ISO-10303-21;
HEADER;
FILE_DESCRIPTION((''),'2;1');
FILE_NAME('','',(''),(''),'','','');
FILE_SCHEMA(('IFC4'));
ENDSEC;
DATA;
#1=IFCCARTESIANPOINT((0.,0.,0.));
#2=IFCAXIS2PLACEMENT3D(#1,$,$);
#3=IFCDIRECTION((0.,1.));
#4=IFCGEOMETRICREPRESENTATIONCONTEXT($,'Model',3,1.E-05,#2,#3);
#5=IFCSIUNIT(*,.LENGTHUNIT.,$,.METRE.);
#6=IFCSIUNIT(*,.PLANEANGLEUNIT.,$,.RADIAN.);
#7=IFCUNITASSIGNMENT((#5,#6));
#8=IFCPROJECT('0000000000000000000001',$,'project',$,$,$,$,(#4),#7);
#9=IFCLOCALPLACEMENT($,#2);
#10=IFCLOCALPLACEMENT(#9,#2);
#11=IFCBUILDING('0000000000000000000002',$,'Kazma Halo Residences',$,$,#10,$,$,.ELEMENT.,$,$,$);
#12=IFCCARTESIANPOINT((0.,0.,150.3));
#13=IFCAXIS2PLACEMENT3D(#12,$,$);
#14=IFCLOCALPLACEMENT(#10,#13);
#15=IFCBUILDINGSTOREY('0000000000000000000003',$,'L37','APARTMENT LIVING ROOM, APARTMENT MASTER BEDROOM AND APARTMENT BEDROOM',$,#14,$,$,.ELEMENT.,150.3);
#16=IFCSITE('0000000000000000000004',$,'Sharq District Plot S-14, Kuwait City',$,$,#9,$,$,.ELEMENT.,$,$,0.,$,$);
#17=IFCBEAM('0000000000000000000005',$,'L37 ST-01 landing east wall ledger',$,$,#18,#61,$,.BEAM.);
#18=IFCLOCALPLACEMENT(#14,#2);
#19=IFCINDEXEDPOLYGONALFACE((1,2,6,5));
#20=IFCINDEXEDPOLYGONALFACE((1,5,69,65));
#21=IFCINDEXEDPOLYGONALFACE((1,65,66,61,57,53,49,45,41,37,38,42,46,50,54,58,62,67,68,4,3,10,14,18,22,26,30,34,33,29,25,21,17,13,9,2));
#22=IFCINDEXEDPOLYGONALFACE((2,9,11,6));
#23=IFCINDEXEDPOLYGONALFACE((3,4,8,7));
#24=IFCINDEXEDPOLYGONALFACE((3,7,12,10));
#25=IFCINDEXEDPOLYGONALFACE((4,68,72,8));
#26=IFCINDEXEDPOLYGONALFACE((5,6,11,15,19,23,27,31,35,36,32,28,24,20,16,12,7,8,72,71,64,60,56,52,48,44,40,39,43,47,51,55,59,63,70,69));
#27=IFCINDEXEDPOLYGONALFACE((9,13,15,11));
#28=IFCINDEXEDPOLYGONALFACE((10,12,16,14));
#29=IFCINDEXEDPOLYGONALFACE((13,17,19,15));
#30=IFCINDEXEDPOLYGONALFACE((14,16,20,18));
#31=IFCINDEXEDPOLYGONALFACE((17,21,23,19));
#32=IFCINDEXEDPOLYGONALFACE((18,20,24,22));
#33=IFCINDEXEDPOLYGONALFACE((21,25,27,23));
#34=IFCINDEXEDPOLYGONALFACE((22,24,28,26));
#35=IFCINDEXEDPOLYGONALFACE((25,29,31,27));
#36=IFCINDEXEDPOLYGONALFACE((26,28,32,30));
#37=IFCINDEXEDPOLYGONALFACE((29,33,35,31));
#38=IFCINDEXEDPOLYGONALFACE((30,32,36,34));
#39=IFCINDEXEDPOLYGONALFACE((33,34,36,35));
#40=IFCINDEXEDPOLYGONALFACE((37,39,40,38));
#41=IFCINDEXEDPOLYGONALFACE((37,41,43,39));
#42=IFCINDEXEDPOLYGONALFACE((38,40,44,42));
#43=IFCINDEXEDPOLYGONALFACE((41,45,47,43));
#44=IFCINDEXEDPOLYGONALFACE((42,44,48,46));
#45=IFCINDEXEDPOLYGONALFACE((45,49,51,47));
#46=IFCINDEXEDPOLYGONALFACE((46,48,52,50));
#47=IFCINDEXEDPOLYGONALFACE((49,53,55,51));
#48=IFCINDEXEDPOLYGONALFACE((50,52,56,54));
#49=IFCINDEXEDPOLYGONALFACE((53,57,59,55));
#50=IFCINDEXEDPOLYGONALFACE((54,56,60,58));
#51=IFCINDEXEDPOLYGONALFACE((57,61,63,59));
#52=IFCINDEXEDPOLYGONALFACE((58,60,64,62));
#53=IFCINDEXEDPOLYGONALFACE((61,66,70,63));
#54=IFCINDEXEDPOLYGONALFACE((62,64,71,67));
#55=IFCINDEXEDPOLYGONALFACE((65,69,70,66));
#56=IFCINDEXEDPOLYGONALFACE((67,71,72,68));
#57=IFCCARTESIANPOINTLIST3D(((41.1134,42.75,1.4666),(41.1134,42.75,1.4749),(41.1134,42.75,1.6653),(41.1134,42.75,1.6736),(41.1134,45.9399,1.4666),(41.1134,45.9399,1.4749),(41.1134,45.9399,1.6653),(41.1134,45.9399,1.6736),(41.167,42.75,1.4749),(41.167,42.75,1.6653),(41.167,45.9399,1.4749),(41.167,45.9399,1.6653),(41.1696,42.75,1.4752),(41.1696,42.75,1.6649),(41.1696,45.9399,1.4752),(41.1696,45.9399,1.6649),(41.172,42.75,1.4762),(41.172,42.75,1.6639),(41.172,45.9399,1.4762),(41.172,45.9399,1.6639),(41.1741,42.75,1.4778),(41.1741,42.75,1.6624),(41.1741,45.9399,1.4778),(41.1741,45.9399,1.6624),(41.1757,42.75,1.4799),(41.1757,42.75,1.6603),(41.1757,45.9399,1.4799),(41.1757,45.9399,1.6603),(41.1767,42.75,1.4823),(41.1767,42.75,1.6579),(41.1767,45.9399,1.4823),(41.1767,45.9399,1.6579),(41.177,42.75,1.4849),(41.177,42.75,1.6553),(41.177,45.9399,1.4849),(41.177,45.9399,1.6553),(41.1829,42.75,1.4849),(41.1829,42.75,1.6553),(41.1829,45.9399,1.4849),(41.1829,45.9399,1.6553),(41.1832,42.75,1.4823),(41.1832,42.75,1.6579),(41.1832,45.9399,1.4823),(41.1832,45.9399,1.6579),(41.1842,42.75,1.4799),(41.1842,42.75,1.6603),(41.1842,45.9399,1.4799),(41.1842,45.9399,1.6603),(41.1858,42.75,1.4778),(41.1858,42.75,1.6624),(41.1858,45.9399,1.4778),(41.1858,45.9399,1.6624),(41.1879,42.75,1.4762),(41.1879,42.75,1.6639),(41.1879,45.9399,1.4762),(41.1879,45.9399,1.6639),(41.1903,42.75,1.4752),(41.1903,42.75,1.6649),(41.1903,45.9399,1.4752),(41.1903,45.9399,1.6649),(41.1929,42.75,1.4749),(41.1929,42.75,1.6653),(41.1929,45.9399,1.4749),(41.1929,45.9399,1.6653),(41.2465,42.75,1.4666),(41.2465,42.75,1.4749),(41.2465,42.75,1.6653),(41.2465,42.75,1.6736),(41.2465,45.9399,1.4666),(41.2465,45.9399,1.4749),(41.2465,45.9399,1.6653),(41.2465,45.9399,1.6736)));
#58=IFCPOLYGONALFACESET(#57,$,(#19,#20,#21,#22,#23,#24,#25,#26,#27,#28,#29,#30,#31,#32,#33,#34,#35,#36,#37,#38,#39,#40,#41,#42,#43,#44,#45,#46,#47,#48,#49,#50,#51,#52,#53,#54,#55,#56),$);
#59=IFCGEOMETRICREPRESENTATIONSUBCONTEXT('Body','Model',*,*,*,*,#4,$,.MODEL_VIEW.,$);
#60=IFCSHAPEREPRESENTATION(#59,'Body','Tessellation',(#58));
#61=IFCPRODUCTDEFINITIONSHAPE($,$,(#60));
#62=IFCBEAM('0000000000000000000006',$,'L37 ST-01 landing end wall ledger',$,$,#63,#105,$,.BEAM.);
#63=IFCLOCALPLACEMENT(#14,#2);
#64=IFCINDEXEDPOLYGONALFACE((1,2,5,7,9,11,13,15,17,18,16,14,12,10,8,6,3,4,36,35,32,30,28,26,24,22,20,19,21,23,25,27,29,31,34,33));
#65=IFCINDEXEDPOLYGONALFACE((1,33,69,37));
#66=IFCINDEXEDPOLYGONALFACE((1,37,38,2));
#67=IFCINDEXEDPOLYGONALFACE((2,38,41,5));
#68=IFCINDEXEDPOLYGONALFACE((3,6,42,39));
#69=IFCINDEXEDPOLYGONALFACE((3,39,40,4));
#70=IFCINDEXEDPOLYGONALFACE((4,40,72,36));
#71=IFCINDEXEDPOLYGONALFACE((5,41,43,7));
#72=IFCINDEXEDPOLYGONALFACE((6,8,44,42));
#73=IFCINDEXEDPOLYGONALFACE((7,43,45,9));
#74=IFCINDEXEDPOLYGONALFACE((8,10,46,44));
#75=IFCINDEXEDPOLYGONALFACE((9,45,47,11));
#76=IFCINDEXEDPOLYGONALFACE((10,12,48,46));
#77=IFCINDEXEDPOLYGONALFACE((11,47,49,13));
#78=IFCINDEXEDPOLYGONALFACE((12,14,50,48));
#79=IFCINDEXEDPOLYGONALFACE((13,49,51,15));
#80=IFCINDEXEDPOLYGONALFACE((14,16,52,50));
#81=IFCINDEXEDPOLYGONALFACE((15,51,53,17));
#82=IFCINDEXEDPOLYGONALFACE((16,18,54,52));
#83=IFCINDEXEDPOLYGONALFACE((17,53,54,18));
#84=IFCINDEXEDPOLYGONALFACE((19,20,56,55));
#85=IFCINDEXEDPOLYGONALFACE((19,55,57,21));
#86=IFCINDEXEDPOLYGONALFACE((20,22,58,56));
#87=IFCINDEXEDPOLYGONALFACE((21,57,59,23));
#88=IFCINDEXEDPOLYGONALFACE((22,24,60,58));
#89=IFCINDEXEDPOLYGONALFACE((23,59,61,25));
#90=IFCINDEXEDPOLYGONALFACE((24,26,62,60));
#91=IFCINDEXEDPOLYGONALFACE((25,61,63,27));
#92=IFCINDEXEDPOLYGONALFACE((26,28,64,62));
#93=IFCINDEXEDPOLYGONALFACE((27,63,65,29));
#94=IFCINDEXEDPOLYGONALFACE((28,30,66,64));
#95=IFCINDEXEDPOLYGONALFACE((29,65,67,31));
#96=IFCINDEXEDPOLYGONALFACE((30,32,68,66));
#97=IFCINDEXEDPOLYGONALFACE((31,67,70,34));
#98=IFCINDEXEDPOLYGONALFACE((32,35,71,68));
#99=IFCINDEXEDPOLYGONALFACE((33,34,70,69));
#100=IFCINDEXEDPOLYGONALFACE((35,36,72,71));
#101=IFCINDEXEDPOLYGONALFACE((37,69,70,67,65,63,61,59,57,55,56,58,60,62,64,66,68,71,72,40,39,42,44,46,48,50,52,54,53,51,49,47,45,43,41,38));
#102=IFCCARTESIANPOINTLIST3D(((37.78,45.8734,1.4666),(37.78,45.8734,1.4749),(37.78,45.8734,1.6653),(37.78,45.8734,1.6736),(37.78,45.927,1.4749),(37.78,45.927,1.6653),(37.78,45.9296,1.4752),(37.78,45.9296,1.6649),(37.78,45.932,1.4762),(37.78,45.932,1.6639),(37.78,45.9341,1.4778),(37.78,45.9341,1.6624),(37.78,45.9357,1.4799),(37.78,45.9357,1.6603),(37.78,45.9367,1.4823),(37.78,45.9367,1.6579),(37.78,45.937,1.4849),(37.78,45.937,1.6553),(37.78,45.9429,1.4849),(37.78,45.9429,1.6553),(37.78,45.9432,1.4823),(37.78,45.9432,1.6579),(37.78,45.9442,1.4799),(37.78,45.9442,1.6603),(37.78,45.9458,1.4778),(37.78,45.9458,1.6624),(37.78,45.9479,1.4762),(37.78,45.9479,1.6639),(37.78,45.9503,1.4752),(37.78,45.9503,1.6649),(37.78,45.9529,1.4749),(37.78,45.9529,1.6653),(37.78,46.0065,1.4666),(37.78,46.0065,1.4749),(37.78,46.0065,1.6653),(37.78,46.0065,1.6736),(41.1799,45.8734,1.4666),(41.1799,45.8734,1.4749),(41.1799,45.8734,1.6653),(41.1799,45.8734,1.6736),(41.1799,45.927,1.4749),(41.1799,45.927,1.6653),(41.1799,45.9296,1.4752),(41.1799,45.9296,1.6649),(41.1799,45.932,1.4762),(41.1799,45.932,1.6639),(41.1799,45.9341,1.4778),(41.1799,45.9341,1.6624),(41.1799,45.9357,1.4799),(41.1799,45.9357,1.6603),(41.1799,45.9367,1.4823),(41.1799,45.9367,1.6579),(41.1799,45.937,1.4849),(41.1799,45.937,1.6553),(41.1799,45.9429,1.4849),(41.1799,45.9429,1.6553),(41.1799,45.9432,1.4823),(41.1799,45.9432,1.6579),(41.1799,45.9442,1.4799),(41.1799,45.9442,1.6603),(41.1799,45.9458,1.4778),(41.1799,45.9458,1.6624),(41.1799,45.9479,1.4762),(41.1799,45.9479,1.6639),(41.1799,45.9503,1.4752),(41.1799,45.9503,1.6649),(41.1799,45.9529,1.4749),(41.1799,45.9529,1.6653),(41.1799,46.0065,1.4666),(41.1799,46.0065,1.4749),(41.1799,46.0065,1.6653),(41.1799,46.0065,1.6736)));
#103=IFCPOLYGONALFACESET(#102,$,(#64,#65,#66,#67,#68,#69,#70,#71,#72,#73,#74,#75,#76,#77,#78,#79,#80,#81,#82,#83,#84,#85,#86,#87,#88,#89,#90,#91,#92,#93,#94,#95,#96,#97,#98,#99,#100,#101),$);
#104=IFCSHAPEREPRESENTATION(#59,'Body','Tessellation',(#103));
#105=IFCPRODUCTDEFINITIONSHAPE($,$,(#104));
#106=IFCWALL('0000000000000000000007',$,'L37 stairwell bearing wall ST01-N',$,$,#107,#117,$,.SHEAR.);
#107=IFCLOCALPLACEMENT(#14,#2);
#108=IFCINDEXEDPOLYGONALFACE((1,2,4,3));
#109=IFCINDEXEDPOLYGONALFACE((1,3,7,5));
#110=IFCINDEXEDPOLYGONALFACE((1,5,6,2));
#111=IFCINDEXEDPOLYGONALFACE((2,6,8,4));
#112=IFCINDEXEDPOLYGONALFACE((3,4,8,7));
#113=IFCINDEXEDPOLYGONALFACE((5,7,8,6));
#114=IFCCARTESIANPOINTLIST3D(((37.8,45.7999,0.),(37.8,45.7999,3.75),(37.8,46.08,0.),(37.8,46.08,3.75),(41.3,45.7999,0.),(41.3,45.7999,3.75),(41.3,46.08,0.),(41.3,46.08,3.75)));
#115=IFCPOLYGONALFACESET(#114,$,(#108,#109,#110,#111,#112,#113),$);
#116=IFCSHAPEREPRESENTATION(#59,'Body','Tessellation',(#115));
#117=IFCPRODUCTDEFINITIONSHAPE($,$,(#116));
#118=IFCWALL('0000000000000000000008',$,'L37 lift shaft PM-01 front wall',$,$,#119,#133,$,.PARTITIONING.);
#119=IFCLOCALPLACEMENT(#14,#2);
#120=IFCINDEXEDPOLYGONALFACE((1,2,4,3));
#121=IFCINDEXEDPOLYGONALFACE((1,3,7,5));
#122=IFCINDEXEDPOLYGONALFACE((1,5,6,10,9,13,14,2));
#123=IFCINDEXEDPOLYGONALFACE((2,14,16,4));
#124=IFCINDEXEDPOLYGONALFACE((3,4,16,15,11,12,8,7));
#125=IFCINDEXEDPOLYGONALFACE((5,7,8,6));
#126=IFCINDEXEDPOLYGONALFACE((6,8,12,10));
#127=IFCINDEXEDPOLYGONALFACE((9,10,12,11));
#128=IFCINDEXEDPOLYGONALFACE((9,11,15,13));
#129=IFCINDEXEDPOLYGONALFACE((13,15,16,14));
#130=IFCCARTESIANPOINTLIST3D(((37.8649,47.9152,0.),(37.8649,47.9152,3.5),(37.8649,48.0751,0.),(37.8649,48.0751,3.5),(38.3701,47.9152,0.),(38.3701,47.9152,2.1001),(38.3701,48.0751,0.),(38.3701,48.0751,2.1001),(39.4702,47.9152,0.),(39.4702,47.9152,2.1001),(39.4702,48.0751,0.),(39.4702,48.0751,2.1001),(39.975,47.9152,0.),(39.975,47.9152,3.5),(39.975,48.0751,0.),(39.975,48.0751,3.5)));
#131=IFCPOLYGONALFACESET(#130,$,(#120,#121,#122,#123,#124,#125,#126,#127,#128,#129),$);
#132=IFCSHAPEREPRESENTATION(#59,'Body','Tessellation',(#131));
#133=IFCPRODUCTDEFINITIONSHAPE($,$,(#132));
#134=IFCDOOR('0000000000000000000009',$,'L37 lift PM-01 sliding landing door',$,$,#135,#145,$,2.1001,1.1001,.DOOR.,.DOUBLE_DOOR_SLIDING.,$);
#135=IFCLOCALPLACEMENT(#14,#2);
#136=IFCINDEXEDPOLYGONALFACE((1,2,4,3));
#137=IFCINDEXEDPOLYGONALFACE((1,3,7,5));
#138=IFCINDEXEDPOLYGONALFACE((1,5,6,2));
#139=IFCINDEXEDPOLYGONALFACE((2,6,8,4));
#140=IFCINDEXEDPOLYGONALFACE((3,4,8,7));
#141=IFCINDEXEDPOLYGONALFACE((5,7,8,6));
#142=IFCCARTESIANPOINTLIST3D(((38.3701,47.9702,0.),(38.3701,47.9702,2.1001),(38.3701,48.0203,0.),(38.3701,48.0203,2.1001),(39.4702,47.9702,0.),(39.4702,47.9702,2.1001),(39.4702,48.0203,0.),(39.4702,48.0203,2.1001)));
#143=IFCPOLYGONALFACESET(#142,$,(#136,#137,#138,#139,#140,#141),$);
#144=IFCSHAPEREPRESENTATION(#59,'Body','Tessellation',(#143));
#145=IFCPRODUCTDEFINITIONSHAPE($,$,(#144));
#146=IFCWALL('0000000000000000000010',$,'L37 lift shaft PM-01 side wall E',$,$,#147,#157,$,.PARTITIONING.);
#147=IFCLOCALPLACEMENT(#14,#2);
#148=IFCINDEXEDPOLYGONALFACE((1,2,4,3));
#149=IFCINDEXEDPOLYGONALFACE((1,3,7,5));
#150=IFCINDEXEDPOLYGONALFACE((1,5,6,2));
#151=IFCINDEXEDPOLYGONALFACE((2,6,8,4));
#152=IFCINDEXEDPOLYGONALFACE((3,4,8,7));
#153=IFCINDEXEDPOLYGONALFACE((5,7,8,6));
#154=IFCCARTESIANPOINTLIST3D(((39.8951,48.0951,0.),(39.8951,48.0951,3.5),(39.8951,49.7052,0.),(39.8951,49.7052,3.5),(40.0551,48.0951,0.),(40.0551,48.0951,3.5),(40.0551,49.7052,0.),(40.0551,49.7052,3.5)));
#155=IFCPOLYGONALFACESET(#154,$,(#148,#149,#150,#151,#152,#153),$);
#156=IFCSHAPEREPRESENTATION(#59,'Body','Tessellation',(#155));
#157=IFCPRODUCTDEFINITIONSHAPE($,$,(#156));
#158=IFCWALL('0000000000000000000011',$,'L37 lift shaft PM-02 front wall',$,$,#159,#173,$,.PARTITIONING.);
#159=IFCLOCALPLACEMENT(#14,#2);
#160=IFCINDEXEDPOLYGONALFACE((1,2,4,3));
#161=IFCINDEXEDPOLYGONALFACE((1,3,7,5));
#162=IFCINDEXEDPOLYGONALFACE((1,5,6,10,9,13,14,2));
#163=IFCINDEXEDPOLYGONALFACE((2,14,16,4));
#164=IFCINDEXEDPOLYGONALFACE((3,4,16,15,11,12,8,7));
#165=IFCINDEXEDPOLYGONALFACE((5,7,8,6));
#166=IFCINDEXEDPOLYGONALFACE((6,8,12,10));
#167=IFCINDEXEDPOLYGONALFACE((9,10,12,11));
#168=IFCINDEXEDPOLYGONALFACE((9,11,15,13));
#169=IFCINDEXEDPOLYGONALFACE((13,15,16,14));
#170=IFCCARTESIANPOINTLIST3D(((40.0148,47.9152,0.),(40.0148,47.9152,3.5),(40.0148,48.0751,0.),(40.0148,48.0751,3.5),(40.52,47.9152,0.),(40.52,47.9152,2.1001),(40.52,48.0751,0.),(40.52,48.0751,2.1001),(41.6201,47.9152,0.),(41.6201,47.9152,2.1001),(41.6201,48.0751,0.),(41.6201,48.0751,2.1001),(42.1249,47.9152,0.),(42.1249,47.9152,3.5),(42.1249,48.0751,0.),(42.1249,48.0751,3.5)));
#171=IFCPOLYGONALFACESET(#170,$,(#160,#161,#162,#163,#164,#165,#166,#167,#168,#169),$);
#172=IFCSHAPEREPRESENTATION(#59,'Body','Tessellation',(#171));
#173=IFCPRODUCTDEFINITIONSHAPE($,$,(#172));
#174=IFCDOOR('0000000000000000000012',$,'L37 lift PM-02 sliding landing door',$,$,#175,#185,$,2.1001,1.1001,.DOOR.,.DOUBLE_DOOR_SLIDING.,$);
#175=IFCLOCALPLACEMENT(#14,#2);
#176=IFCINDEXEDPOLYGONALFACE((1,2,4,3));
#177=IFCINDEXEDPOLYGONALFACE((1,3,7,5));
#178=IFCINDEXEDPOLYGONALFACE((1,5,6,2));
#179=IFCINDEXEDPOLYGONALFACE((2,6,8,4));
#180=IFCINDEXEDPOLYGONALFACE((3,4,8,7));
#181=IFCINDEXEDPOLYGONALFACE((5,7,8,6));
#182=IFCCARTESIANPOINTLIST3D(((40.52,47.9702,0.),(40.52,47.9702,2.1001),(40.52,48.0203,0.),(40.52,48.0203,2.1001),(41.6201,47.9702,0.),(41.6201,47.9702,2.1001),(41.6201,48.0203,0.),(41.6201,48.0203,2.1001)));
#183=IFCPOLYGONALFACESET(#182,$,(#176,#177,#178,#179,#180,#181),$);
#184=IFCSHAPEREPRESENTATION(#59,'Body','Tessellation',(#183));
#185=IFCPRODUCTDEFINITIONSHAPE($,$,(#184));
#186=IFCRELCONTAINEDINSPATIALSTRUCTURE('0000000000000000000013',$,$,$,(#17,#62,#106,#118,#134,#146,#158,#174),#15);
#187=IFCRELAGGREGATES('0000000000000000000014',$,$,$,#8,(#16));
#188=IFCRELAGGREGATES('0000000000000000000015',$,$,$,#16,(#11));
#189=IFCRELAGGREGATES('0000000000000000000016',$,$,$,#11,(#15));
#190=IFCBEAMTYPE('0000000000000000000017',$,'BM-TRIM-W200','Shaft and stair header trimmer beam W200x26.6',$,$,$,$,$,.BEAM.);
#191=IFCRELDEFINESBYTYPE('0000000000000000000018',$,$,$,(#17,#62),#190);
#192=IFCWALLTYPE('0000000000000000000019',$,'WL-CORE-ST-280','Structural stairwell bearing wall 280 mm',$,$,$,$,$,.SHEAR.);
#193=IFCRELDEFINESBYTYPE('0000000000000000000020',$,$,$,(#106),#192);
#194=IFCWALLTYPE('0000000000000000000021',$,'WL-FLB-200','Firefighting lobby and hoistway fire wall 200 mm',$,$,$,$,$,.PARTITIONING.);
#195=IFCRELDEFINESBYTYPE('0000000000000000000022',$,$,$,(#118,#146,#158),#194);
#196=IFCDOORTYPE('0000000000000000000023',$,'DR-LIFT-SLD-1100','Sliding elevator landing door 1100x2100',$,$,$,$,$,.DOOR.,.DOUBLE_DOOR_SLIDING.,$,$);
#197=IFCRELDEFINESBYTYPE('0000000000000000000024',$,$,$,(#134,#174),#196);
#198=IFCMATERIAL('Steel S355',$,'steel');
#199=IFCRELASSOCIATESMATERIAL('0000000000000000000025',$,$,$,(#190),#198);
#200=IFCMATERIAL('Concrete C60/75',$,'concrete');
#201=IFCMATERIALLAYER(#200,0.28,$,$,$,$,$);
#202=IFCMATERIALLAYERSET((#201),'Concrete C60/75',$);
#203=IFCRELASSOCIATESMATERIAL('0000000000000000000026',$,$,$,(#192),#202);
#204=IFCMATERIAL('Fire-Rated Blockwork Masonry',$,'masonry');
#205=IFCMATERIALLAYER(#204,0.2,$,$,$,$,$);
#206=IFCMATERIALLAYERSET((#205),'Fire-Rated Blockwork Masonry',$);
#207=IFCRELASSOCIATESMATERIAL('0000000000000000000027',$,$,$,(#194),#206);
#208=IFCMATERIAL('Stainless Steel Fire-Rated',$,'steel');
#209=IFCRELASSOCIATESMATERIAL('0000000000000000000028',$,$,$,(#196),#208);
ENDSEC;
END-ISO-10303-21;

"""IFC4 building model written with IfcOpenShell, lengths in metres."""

from ifc_helpers import new_model, si_unit, direction, frame, frame_2d, origin, origin_2d, place, context, subcontext, project, spatial, rectangle, i_section, extrude, material, layer, layer_set, material_profile, profile_set, type_object, element, fill, save


model = new_model("IFC4")

# Units and contexts
model_context = context("Model", 3, precision=1e-05, world=origin(), true_north=direction((0.0, 1.0)))
body_context = subcontext(model_context, "Body", "Model", "MODEL_VIEW")
ifc_project = project(units=[si_unit("LENGTHUNIT", "METRE"), si_unit("PLANEANGLEUNIT", "RADIAN")], contexts=[model_context])

# Site, building, storey
site_placement = place(None, origin())
site = spatial("IfcSite", under=ifc_project, at=site_placement, Name="Sharq District Plot S-14, Kuwait City", CompositionType="ELEMENT", RefElevation=0.0)
building_placement = place(site_placement, origin())
building = spatial("IfcBuilding", under=site, at=building_placement, Name="Kazma Halo Residences", CompositionType="ELEMENT")
storey_placement = place(building_placement, frame((0.0, 0.0, 150.3)))
storey = spatial("IfcBuildingStorey", under=building, at=storey_placement, Name="L37", Description="APARTMENT LIVING ROOM, APARTMENT MASTER BEDROOM AND APARTMENT BEDROOM", CompositionType="ELEMENT", Elevation=150.3)

# Shared definitions
ifc_material_1 = material(Name="Steel S355", Category="steel")

# Beams
ifc_material_profile_1 = material_profile(ifc_material_1, i_section(OverallWidth=0.1331, OverallDepth=0.207, WebThickness=0.0059, FlangeThickness=0.0083, FilletRadius=0.01, at=origin_2d()), Name="W200x26.6")
ifc_profile_set_1 = profile_set([ifc_material_profile_1], Name="Steel S355")
beam_type_1 = type_object("IfcBeamType", Name="BM-TRIM-W200", Description="Shaft and stair header trimmer beam W200x26.6", PredefinedType="BEAM", material=ifc_profile_set_1)
beam_1_placement = place(storey_placement, frame((41.1799, 42.75, 1.5701), z_axis=(0.0, 1.0, 0.0), x_axis=(-1.0, 0.0, 0.0)))
element("IfcBeam", 1, at=beam_1_placement, inside=storey, type_object=beam_type_1, Name="L37 ST-01 landing east wall ledger", PredefinedType="BEAM", context=body_context, shape_type="SweptSolid", body=[
    extrude(i_section(OverallWidth=0.1331, OverallDepth=0.207, WebThickness=0.0059, FlangeThickness=0.0083, FilletRadius=0.01, at=origin_2d()), origin(), (0.0, 0.0, 1.0), 3.1899),
])
beam_2_placement = place(storey_placement, frame((37.78, 45.9399, 1.5701), z_axis=(1.0, 0.0, 0.0), x_axis=(0.0, 1.0, 0.0)))
element("IfcBeam", 2, at=beam_2_placement, inside=storey, type_object=beam_type_1, Name="L37 ST-01 landing end wall ledger", PredefinedType="BEAM", context=body_context, shape_type="SweptSolid", body=[
    extrude(i_section(OverallWidth=0.1331, OverallDepth=0.207, WebThickness=0.0059, FlangeThickness=0.0083, FilletRadius=0.01, at=origin_2d()), origin(), (0.0, 0.0, 1.0), 3.3999),
])

# Wall
ifc_material_2 = material(Name="Concrete C60/75", Category="concrete")
ifc_layer_1 = layer(ifc_material_2, 0.28)
ifc_layer_set_1 = layer_set([ifc_layer_1], Name="Concrete C60/75")
wall_type_1 = type_object("IfcWallType", Name="WL-CORE-ST-280", Description="Structural stairwell bearing wall 280 mm", PredefinedType="SHEAR", material=ifc_layer_set_1)
wall_1_placement = place(storey_placement, frame((37.8, 45.9399, 0.0), z_axis=(0.0, 0.0, 1.0), x_axis=(1.0, 0.0, 0.0)))
element("IfcWall", 3, at=wall_1_placement, inside=storey, type_object=wall_type_1, Name="L37 stairwell bearing wall ST01-N", PredefinedType="SHEAR", context=body_context, shape_type="SweptSolid", body=[
    extrude(rectangle(XDim=3.5, YDim=0.28, at=frame_2d((1.75, 0.0))), origin(), (0.0, 0.0, 1.0), 3.75),
])

# Wall, opening, door
ifc_material_3 = material(Name="Fire-Rated Blockwork Masonry", Category="masonry")
ifc_layer_2 = layer(ifc_material_3, 0.2)
ifc_layer_set_2 = layer_set([ifc_layer_2], Name="Fire-Rated Blockwork Masonry")
wall_type_2 = type_object("IfcWallType", Name="WL-FLB-200", Description="Firefighting lobby and hoistway fire wall 200 mm", PredefinedType="PARTITIONING", material=ifc_layer_set_2)
wall_2_placement = place(storey_placement, frame((39.9751, 47.9951, 0.0), z_axis=(0.0, 0.0, 1.0), x_axis=(-1.0, 0.0, 0.0)))
wall_2 = element("IfcWall", 4, at=wall_2_placement, inside=storey, type_object=wall_type_2, Name="L37 lift shaft PM-01 front wall", PredefinedType="PARTITIONING", context=body_context, shape_type="SweptSolid", body=[
    extrude(rectangle(XDim=2.1101, YDim=0.1599, at=frame_2d((1.0552, 0.0))), origin(), (0.0, 0.0, 1.0), 3.5),
])
opening_1_placement = place(wall_2_placement, frame((0.5049, 0.0, 0.0)))
opening_1 = element("IfcOpeningElement", 5, at=opening_1_placement, cuts=wall_2, PredefinedType="OPENING", context=body_context, shape_type="SweptSolid", body=[
    extrude(rectangle(XDim=1.1001, YDim=2.1001, at=frame_2d((0.55, 1.05))), frame((0.0, 0.0898, 0.0), z_axis=(0.0, -1.0, 0.0), x_axis=(1.0, 0.0, 0.0)), (0.0, 0.0, 1.0), 0.1799),
])
ifc_material_4 = material(Name="Stainless Steel Fire-Rated", Category="steel")
door_type = type_object("IfcDoorType", Name="DR-LIFT-SLD-1100", Description="Sliding elevator landing door 1100x2100", OperationType="DOUBLE_DOOR_SLIDING", PredefinedType="DOOR", material=ifc_material_4)
door_1_placement = place(opening_1_placement, origin())
door_1 = element("IfcDoor", 6, at=door_1_placement, inside=storey, type_object=door_type, Name="L37 lift PM-01 sliding landing door", OperationType="DOUBLE_DOOR_SLIDING", OverallHeight=2.1001, OverallWidth=1.1001, PredefinedType="DOOR", context=body_context, shape_type="SweptSolid", body=[
    extrude(rectangle(XDim=1.1001, YDim=2.1001, at=frame_2d((0.55, 1.05))), frame((0.0, 0.0249, 0.0), z_axis=(0.0, -1.0, 0.0), x_axis=(1.0, 0.0, 0.0)), (0.0, 0.0, 1.0), 0.05),
])
fill(opening_1, door_1)

# Wall
wall_3_placement = place(storey_placement, frame((39.9751, 48.095, 0.0), z_axis=(0.0, 0.0, 1.0), x_axis=(0.0, 1.0, 0.0)))
element("IfcWall", 7, at=wall_3_placement, inside=storey, type_object=wall_type_2, Name="L37 lift shaft PM-01 side wall E", PredefinedType="PARTITIONING", context=body_context, shape_type="SweptSolid", body=[
    extrude(rectangle(XDim=1.6101, YDim=0.1599, at=frame_2d((0.8052, 0.0))), origin(), (0.0, 0.0, 1.0), 3.5),
])

# Wall, opening, door
wall_4_placement = place(storey_placement, frame((42.125, 47.9951, 0.0), z_axis=(0.0, 0.0, 1.0), x_axis=(-1.0, 0.0, 0.0)))
wall_4 = element("IfcWall", 8, at=wall_4_placement, inside=storey, type_object=wall_type_2, Name="L37 lift shaft PM-02 front wall", PredefinedType="PARTITIONING", context=body_context, shape_type="SweptSolid", body=[
    extrude(rectangle(XDim=2.1101, YDim=0.1599, at=frame_2d((1.0552, 0.0))), origin(), (0.0, 0.0, 1.0), 3.5),
])
opening_2_placement = place(wall_4_placement, frame((0.5049, 0.0, 0.0)))
opening_2 = element("IfcOpeningElement", 9, at=opening_2_placement, cuts=wall_4, PredefinedType="OPENING", context=body_context, shape_type="SweptSolid", body=[
    extrude(rectangle(XDim=1.1001, YDim=2.1001, at=frame_2d((0.55, 1.05))), frame((0.0, 0.0898, 0.0), z_axis=(0.0, -1.0, 0.0), x_axis=(1.0, 0.0, 0.0)), (0.0, 0.0, 1.0), 0.1799),
])
door_2_placement = place(opening_2_placement, origin())
door_2 = element("IfcDoor", 10, at=door_2_placement, inside=storey, type_object=door_type, Name="L37 lift PM-02 sliding landing door", OperationType="DOUBLE_DOOR_SLIDING", OverallHeight=2.1001, OverallWidth=1.1001, PredefinedType="DOOR", context=body_context, shape_type="SweptSolid", body=[
    extrude(rectangle(XDim=1.1001, YDim=2.1001, at=frame_2d((0.55, 1.05))), frame((0.0, 0.0249, 0.0), z_axis=(0.0, -1.0, 0.0), x_axis=(1.0, 0.0, 0.0)), (0.0, 0.0, 1.0), 0.05),
])
fill(opening_2, door_2)

save(model, "model.ifc")
